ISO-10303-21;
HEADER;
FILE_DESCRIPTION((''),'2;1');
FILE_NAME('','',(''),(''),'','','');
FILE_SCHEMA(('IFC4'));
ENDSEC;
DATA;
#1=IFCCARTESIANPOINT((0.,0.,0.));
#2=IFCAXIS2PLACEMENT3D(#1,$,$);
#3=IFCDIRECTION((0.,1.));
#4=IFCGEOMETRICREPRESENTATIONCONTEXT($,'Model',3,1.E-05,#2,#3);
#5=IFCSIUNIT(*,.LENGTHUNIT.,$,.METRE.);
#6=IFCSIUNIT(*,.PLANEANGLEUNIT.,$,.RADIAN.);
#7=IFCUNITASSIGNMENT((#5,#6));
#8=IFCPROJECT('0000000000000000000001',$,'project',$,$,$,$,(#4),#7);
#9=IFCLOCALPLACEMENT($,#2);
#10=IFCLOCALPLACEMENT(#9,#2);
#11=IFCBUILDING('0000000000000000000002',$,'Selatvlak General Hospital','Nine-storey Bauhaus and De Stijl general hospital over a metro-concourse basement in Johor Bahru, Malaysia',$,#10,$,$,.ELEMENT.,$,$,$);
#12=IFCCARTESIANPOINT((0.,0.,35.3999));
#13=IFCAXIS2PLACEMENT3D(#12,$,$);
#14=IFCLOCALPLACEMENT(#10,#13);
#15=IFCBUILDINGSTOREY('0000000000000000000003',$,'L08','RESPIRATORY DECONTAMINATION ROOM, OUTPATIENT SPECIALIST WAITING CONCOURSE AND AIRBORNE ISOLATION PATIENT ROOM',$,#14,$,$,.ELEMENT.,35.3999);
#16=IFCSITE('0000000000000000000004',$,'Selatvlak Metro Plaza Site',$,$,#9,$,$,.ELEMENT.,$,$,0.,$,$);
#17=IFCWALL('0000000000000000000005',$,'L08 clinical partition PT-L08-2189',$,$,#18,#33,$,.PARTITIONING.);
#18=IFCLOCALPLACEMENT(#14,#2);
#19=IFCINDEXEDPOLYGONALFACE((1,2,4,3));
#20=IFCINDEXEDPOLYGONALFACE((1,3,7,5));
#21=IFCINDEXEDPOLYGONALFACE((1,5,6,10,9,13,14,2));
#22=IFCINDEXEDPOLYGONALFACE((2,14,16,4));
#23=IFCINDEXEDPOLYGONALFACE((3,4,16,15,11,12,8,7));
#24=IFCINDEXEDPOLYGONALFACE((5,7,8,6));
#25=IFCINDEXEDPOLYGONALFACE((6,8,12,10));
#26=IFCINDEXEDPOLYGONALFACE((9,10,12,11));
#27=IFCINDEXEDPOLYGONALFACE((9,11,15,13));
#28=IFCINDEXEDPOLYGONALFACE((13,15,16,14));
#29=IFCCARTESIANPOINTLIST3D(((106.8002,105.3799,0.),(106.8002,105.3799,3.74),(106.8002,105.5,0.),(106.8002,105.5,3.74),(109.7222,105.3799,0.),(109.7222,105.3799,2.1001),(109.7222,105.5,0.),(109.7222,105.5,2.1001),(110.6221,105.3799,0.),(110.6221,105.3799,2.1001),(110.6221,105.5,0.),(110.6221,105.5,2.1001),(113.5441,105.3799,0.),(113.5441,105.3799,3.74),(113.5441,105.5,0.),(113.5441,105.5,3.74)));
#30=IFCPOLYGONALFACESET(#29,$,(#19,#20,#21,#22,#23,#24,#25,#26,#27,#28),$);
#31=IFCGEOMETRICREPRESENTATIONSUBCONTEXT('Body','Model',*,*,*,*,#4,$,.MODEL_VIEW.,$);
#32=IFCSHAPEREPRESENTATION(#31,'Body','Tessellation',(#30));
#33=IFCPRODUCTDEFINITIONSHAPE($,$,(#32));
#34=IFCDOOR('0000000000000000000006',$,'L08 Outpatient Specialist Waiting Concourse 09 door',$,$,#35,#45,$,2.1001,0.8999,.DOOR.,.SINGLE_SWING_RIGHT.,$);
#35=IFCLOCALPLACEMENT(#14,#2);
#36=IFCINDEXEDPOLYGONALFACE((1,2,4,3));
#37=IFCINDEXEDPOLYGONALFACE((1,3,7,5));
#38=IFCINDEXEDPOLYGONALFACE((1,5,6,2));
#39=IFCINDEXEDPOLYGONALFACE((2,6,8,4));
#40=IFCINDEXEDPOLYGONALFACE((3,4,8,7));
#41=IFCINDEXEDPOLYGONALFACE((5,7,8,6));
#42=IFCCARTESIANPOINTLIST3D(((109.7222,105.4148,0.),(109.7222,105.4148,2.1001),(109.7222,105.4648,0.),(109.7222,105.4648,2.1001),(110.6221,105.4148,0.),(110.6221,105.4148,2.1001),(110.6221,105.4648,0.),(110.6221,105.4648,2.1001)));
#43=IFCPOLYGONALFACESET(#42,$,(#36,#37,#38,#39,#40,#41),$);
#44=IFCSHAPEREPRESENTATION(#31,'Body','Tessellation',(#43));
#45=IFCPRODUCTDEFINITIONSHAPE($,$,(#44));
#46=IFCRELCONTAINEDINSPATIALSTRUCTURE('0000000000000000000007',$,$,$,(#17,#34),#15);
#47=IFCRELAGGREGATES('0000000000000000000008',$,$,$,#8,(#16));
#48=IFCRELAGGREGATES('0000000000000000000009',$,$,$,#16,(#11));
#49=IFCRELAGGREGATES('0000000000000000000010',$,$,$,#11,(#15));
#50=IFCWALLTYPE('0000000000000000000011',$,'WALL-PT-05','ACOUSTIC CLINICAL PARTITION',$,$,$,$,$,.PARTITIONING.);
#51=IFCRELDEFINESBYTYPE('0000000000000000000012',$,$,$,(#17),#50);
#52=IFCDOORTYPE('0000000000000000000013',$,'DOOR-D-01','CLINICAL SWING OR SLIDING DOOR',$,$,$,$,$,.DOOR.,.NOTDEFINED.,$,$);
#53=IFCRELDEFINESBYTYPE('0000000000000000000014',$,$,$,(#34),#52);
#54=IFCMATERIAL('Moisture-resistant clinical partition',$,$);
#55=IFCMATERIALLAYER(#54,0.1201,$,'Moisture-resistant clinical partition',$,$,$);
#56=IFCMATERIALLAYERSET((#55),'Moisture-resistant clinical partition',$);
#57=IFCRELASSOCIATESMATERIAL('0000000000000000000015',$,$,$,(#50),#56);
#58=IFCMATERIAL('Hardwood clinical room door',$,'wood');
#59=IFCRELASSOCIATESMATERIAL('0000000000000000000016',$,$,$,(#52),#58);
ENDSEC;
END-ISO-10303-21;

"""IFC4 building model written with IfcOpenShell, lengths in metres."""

from ifc_helpers import new_model, si_unit, direction, frame, frame_2d, origin, place, context, subcontext, project, spatial, rectangle, extrude, material, layer, layer_set, type_object, element, fill, save


model = new_model("IFC4")

# Units and contexts
model_context = context("Model", 3, precision=1e-05, world=origin(), true_north=direction((0.0, 1.0)))
body_context = subcontext(model_context, "Body", "Model", "MODEL_VIEW")
ifc_project = project(units=[si_unit("LENGTHUNIT", "METRE"), si_unit("PLANEANGLEUNIT", "RADIAN")], contexts=[model_context])

# Site, building, storey
site_placement = place(None, origin())
site = spatial("IfcSite", under=ifc_project, at=site_placement, Name="Selatvlak Metro Plaza Site", CompositionType="ELEMENT", RefElevation=0.0)
building_placement = place(site_placement, origin())
building = spatial("IfcBuilding", under=site, at=building_placement, Name="Selatvlak General Hospital", Description="Nine-storey Bauhaus and De Stijl general hospital over a metro-concourse basement in Johor Bahru, Malaysia", CompositionType="ELEMENT")
storey_placement = place(building_placement, frame((0.0, 0.0, 35.3999)))
storey = spatial("IfcBuildingStorey", under=building, at=storey_placement, Name="L08", Description="RESPIRATORY DECONTAMINATION ROOM, OUTPATIENT SPECIALIST WAITING CONCOURSE AND AIRBORNE ISOLATION PATIENT ROOM", CompositionType="ELEMENT", Elevation=35.3999)

# Shared definitions
ifc_material_1 = material(Name="Moisture-resistant clinical partition")

# Wall, opening, door
ifc_layer_1 = layer(ifc_material_1, 0.1201, Name="Moisture-resistant clinical partition")
ifc_layer_set_1 = layer_set([ifc_layer_1], Name="Moisture-resistant clinical partition")
wall_type_1 = type_object("IfcWallType", Name="WALL-PT-05", Description="ACOUSTIC CLINICAL PARTITION", PredefinedType="PARTITIONING", material=ifc_layer_set_1)
wall_1_placement = place(storey_placement, frame((106.8, 105.4399, 0.0), z_axis=(0.0, 0.0, 1.0), x_axis=(1.0, 0.0, 0.0)))
wall_1 = element("IfcWall", 1, at=wall_1_placement, inside=storey, type_object=wall_type_1, Name="L08 clinical partition PT-L08-2189", PredefinedType="PARTITIONING", context=body_context, shape_type="SweptSolid", body=[
    extrude(rectangle(XDim=6.7439, YDim=0.1201, at=frame_2d((3.3721, 0.0))), origin(), (0.0, 0.0, 1.0), 3.74),
])
opening_1_placement = place(wall_1_placement, frame((2.9221, 0.0, 0.0)))
opening_1 = element("IfcOpeningElement", 2, at=opening_1_placement, cuts=wall_1, PredefinedType="OPENING", context=body_context, shape_type="SweptSolid", body=[
    extrude(rectangle(XDim=0.8999, YDim=2.1001, at=frame_2d((0.45, 1.05))), frame((0.0, 0.0701, 0.0), z_axis=(0.0, -1.0, 0.0), x_axis=(1.0, 0.0, 0.0)), (0.0, 0.0, 1.0), 0.1401),
])
ifc_material_2 = material(Name="Hardwood clinical room door", Category="wood")
door_type_1 = type_object("IfcDoorType", Name="DOOR-D-01", Description="CLINICAL SWING OR SLIDING DOOR", OperationType="NOTDEFINED", PredefinedType="DOOR", material=ifc_material_2)
door_1_placement = place(opening_1_placement, origin())
door_1 = element("IfcDoor", 3, at=door_1_placement, inside=storey, type_object=door_type_1, Name="L08 Outpatient Specialist Waiting Concourse 09 door", OperationType="SINGLE_SWING_RIGHT", OverallHeight=2.1001, OverallWidth=0.8999, PredefinedType="DOOR", context=body_context, shape_type="SweptSolid", body=[
    extrude(rectangle(XDim=0.8999, YDim=2.1001, at=frame_2d((0.45, 1.05))), frame((0.0, 0.0249, 0.0), z_axis=(0.0, -1.0, 0.0), x_axis=(1.0, 0.0, 0.0)), (0.0, 0.0, 1.0), 0.05),
])
fill(opening_1, door_1)

save(model, "model.ifc")
